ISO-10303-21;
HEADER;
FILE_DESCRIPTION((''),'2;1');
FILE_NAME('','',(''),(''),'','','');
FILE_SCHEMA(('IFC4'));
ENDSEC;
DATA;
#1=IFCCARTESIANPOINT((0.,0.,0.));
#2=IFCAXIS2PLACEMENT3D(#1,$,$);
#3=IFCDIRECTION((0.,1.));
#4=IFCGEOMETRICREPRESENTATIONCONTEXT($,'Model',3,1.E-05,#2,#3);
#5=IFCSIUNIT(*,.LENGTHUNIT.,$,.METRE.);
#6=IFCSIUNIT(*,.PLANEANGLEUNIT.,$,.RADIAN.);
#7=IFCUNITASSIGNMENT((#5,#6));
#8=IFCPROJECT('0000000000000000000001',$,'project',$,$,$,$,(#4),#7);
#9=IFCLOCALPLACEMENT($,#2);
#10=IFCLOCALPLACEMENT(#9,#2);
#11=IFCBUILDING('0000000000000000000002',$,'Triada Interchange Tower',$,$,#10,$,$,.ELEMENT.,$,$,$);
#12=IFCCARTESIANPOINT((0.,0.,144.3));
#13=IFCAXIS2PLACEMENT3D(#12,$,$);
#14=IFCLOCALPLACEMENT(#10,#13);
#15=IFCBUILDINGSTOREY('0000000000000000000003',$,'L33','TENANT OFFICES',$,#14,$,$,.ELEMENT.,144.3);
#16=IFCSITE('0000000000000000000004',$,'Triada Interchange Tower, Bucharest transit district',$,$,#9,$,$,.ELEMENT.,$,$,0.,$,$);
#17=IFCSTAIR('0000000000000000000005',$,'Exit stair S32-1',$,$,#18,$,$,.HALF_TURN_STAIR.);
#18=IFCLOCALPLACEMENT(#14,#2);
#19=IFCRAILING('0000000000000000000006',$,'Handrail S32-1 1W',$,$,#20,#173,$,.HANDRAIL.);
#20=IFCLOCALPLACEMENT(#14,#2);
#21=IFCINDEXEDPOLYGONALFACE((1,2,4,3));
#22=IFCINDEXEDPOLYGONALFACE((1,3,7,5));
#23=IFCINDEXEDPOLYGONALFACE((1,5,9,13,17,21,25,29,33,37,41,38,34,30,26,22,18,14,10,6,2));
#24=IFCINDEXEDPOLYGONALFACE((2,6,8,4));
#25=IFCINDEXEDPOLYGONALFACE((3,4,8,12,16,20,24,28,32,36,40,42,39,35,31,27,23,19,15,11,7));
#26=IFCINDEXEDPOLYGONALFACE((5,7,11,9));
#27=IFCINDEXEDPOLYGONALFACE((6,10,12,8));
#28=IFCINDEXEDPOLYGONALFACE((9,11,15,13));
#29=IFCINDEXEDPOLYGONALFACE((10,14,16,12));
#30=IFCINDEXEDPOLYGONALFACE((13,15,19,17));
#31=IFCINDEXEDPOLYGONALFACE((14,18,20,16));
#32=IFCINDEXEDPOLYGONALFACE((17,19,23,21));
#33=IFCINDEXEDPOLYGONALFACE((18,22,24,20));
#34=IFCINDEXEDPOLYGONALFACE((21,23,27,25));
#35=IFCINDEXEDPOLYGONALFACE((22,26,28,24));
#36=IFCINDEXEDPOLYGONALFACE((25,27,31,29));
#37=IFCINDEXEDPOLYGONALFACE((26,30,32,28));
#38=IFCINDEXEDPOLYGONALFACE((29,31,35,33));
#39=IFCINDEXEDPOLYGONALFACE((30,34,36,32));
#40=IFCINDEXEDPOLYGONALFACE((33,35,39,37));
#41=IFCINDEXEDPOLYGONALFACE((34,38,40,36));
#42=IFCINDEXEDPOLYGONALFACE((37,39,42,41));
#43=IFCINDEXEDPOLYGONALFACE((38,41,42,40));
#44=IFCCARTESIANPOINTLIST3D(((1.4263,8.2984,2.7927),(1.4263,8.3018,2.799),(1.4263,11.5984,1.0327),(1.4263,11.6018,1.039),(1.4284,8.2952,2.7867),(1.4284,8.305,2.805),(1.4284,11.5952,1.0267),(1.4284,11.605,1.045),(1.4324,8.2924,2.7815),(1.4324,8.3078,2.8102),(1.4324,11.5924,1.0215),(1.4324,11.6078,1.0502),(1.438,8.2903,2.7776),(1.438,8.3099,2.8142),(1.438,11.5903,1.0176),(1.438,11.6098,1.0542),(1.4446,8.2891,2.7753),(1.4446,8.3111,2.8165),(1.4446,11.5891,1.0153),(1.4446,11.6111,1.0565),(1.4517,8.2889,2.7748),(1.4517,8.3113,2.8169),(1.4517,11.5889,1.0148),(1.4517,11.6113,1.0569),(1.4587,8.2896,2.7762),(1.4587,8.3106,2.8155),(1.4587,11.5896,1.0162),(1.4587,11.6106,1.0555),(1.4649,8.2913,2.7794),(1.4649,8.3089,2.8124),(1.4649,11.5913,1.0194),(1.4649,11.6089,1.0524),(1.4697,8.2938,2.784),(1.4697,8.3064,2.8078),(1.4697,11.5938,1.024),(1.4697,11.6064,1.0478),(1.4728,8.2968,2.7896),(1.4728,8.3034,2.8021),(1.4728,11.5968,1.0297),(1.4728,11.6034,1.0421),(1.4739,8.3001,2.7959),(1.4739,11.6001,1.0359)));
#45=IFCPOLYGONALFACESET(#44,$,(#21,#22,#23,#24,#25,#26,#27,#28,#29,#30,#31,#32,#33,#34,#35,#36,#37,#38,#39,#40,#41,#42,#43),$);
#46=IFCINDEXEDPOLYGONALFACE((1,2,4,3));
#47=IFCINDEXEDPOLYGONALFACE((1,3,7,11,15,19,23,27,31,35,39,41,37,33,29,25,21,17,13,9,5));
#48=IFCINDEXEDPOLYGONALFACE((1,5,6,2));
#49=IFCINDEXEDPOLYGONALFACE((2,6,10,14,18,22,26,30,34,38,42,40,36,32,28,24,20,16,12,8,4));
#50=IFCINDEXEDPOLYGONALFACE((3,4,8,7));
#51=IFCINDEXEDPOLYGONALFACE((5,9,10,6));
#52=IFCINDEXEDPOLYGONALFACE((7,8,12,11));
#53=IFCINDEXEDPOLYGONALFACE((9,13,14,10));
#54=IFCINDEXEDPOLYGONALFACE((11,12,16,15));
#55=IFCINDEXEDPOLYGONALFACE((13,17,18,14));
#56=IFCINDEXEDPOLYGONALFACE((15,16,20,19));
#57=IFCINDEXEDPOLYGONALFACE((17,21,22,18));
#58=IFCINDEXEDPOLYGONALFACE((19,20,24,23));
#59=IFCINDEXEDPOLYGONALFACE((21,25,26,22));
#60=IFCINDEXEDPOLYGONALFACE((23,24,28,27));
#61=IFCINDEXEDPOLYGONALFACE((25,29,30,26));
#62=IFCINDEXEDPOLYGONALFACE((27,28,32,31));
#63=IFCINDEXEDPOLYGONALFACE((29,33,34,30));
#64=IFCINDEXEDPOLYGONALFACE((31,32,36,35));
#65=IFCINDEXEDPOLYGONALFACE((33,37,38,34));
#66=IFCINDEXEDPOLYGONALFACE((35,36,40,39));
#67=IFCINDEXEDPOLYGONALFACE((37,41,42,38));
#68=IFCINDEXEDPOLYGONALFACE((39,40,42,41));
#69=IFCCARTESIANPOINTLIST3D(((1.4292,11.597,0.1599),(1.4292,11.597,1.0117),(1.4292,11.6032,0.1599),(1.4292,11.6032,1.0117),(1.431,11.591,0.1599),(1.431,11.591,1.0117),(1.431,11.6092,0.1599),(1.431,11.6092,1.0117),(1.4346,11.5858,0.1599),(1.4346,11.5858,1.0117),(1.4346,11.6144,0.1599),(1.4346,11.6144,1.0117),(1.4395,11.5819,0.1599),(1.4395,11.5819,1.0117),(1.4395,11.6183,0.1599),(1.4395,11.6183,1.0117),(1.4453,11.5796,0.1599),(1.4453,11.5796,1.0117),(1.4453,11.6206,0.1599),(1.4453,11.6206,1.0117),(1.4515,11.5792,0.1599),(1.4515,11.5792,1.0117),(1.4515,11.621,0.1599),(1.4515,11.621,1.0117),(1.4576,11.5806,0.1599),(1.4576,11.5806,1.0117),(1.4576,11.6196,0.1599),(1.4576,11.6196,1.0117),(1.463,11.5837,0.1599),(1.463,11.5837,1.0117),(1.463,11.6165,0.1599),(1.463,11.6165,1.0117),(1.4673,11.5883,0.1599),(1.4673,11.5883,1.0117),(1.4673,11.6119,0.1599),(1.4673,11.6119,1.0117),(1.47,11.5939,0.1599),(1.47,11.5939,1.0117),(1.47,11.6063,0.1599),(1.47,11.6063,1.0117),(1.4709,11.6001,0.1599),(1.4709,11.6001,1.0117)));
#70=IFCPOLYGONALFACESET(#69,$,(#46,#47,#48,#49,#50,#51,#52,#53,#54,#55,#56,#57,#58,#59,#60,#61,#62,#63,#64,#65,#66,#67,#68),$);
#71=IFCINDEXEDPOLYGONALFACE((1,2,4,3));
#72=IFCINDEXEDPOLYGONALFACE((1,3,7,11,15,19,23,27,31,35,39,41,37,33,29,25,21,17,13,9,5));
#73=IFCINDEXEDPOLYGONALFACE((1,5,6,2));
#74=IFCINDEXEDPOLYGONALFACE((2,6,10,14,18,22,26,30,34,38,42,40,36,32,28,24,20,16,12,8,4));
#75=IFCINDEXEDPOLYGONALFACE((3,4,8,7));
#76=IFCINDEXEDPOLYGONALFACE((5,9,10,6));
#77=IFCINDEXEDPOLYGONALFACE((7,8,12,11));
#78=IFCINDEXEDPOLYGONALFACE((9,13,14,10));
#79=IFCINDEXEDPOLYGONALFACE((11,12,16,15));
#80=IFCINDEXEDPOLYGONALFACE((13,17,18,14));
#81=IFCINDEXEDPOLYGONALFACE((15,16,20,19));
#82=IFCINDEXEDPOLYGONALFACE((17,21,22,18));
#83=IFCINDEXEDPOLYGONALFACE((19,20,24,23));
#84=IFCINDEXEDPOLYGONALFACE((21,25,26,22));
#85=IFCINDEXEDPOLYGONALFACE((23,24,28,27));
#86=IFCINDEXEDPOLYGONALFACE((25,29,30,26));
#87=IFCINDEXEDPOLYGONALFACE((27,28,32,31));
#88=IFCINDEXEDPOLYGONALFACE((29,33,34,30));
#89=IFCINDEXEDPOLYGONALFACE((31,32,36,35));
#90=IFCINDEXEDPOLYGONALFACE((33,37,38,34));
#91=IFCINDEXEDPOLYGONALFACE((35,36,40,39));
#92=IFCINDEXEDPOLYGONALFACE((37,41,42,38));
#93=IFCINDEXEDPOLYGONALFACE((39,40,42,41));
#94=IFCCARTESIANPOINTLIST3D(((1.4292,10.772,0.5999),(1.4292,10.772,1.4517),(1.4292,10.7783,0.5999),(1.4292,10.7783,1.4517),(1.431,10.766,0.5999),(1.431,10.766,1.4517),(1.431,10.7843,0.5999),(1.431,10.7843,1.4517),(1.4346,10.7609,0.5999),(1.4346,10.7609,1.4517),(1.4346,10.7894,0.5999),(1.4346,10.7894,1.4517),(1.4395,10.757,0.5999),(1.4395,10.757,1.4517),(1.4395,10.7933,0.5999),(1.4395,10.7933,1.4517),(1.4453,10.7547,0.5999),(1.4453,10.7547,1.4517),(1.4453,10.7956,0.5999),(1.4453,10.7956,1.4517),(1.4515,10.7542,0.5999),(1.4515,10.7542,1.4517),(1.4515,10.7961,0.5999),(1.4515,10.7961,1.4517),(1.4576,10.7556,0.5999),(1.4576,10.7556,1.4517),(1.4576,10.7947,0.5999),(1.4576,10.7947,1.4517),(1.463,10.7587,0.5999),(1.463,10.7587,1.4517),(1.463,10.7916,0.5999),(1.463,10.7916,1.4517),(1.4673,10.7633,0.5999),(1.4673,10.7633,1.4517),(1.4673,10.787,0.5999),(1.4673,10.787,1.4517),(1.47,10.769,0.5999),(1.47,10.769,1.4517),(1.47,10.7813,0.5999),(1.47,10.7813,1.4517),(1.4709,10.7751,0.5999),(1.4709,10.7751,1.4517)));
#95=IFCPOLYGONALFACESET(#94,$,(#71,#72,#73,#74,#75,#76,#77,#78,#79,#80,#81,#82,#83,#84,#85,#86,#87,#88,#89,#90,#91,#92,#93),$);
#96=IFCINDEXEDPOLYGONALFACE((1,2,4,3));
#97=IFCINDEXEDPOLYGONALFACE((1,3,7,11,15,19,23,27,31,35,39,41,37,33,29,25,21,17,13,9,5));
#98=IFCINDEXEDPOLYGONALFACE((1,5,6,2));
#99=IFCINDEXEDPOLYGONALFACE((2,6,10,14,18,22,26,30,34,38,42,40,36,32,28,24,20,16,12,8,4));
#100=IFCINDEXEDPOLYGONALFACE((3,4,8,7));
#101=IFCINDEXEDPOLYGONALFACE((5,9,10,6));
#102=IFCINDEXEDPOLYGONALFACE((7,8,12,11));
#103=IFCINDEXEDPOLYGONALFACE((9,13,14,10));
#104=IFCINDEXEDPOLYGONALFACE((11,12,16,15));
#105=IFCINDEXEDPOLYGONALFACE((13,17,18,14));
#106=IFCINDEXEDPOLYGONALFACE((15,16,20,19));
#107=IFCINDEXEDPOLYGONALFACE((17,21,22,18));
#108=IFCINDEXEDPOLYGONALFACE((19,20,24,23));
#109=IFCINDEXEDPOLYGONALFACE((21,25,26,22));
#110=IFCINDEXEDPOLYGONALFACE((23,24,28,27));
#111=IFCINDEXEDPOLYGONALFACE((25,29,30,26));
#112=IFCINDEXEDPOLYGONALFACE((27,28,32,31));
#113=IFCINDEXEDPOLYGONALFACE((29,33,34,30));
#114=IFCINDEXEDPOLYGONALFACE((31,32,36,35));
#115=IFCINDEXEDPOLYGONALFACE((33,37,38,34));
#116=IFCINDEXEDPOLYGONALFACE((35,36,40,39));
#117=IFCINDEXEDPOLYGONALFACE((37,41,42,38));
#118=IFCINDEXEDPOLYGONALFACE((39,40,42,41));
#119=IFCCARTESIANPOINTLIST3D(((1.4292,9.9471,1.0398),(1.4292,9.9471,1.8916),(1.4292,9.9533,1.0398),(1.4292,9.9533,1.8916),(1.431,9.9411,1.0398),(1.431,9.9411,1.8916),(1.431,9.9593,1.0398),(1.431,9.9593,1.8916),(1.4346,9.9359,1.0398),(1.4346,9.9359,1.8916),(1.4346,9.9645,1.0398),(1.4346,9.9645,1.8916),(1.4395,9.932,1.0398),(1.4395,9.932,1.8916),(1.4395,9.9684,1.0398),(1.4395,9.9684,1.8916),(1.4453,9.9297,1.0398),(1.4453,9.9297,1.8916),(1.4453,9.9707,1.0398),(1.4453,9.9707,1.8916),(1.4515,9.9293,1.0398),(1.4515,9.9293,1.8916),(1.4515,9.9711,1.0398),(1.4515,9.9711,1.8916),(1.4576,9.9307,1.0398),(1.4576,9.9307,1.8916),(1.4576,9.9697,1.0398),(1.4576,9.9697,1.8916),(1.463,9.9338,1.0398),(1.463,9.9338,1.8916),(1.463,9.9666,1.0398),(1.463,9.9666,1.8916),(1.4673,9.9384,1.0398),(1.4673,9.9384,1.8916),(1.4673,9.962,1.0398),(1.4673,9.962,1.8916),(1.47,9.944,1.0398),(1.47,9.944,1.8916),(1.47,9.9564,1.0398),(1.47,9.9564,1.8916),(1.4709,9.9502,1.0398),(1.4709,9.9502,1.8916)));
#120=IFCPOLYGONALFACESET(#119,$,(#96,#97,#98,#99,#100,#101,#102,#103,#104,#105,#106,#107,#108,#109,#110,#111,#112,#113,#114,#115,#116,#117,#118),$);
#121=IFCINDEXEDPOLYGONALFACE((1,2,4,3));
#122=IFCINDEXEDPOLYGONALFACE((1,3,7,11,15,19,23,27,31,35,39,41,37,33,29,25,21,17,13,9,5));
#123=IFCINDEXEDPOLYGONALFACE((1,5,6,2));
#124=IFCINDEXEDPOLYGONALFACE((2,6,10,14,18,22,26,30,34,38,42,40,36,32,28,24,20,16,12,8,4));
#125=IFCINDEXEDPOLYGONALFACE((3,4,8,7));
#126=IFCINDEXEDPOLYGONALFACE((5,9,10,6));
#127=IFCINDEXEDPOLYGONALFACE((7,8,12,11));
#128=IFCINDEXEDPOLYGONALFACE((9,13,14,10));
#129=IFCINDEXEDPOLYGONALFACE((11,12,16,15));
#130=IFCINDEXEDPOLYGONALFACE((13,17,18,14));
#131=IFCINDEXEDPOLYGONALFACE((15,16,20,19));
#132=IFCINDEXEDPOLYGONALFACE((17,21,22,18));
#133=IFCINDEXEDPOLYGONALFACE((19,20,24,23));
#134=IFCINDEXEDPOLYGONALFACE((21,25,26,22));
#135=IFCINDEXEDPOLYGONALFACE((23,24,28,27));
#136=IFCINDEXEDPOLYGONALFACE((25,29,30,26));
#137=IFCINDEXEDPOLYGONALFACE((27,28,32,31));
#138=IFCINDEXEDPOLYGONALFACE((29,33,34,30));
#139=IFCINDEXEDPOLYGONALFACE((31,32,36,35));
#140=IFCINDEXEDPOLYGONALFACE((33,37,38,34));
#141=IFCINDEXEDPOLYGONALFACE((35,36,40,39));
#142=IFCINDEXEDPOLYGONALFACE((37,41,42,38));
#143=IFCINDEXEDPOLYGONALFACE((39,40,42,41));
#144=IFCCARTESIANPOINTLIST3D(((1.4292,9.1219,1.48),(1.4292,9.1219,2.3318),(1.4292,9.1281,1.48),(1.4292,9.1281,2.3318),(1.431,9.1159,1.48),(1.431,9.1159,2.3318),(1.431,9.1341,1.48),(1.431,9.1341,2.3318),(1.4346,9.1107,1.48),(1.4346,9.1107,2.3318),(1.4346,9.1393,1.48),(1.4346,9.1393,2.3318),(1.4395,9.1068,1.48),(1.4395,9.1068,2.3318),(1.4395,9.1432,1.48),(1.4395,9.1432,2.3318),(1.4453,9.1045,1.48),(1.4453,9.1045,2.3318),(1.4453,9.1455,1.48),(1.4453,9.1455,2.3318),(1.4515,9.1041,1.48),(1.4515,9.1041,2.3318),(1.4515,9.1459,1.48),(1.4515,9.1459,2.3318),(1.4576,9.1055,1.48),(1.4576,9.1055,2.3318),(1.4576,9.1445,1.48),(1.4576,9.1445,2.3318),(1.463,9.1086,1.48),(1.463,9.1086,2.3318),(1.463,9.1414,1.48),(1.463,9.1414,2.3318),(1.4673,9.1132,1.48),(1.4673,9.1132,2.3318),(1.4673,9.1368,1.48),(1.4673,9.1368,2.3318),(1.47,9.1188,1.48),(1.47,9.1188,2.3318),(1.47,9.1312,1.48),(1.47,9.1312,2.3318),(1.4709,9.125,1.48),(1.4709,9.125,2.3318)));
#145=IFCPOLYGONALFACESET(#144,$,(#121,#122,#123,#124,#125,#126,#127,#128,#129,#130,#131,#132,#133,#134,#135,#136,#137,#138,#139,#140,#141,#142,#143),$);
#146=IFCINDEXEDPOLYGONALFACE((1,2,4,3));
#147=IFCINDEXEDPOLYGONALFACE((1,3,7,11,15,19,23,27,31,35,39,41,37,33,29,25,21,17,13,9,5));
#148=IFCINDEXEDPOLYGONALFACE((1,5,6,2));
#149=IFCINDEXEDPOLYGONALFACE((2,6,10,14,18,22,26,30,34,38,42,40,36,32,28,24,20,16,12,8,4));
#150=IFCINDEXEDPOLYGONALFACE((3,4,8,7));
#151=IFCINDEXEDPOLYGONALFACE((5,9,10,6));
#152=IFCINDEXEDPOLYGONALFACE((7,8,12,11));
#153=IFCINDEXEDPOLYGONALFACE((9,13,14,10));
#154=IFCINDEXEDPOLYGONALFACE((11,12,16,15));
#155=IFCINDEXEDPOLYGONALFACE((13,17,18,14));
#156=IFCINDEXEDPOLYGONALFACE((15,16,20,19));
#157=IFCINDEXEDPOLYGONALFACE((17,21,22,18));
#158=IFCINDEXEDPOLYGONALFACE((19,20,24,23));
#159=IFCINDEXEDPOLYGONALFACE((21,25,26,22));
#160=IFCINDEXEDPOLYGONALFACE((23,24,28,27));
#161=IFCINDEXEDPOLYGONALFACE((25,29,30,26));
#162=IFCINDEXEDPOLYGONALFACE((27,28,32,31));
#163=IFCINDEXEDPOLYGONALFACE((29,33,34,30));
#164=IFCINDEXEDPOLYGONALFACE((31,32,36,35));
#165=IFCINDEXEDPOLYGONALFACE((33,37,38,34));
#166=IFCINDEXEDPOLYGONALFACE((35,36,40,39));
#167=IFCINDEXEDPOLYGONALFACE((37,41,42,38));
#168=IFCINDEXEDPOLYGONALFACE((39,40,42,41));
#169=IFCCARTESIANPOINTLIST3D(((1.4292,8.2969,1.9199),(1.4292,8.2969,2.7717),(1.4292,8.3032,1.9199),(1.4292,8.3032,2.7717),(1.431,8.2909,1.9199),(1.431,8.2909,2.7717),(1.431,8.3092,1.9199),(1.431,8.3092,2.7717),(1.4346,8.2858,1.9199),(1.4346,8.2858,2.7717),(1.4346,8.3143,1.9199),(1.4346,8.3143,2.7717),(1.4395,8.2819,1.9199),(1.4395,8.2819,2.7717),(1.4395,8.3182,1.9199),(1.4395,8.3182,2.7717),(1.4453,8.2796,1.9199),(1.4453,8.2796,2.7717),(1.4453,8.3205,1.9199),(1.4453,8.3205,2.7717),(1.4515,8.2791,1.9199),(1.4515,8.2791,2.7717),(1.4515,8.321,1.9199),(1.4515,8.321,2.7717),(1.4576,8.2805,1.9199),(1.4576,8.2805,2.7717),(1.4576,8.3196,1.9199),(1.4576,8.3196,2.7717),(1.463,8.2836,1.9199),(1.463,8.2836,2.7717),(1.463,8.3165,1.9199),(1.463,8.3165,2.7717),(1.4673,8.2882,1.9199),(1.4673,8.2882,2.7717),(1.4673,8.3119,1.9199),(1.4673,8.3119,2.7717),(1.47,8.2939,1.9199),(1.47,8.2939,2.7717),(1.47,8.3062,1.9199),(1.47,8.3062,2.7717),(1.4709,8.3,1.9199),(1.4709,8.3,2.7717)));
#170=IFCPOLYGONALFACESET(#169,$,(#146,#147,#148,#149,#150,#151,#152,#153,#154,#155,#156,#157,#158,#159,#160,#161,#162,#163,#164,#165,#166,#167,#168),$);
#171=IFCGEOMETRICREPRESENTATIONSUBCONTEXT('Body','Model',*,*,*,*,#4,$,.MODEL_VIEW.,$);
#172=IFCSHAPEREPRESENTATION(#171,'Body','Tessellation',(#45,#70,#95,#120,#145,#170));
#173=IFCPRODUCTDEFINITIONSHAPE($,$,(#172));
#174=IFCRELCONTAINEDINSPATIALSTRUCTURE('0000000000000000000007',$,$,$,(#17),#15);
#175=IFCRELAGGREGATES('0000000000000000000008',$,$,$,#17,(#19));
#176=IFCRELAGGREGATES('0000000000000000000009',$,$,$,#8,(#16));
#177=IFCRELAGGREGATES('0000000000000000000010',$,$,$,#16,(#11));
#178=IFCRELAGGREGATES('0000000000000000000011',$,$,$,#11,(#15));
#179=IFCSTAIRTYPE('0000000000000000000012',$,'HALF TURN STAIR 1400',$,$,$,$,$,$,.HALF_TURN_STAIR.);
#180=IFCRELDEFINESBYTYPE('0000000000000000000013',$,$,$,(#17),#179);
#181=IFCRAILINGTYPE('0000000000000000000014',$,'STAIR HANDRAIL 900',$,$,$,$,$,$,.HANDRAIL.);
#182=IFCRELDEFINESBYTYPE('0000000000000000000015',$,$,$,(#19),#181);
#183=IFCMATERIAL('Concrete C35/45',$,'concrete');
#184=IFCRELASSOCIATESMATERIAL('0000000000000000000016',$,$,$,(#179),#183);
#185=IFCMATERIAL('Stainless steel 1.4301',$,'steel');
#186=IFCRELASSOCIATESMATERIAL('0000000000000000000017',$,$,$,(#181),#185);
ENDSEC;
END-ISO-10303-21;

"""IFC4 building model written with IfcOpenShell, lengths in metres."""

from ifc_helpers import new_model, si_unit, direction, frame, origin, origin_2d, place, context, subcontext, project, spatial, circle, extrude, material, type_object, element, aggregate, save


model = new_model("IFC4")

# Units and contexts
model_context = context("Model", 3, precision=1e-05, world=origin(), true_north=direction((0.0, 1.0)))
body_context = subcontext(model_context, "Body", "Model", "MODEL_VIEW")
ifc_project = project(units=[si_unit("LENGTHUNIT", "METRE"), si_unit("PLANEANGLEUNIT", "RADIAN")], contexts=[model_context])

# Site, building, storey
site_placement = place(None, origin())
site = spatial("IfcSite", under=ifc_project, at=site_placement, Name="Triada Interchange Tower, Bucharest transit district", CompositionType="ELEMENT", RefElevation=0.0)
building_placement = place(site_placement, origin())
building = spatial("IfcBuilding", under=site, at=building_placement, Name="Triada Interchange Tower", CompositionType="ELEMENT")
storey_placement = place(building_placement, frame((0.0, 0.0, 144.3)))
storey = spatial("IfcBuildingStorey", under=building, at=storey_placement, Name="L33", Description="TENANT OFFICES", CompositionType="ELEMENT", Elevation=144.3)

# Stair
ifc_material_1 = material(Name="Concrete C35/45", Category="concrete")
stair_type = type_object("IfcStairType", Name="HALF TURN STAIR 1400", PredefinedType="HALF_TURN_STAIR", material=ifc_material_1)
stair_placement = place(storey_placement, origin())
stair = element("IfcStair", 1, at=stair_placement, inside=storey, type_object=stair_type, Name="Exit stair S32-1", PredefinedType="HALF_TURN_STAIR")

# Railing
ifc_material_2 = material(Name="Stainless steel 1.4301", Category="steel")
railing_type = type_object("IfcRailingType", Name="STAIR HANDRAIL 900", PredefinedType="HANDRAIL", material=ifc_material_2)
railing_1_placement = place(storey_placement, frame((1.45, 11.6001, 0.1599)))
railing_1 = element("IfcRailing", 2, at=railing_1_placement, type_object=railing_type, Name="Handrail S32-1 1W", PredefinedType="HANDRAIL", context=body_context, shape_type="SweptSolid", body=[
    extrude(circle(Radius=0.0239, at=origin_2d()), frame((0.0, 0.0, 0.876), z_axis=(0.0, -0.882355, 0.470585), x_axis=(1.0, 0.0, 0.0)), (0.0, 0.0, 1.0), 3.74),
    extrude(circle(Radius=0.021, at=origin_2d()), origin(), (0.0, 0.0, 1.0), 0.8518),
    extrude(circle(Radius=0.021, at=origin_2d()), frame((0.0, -0.825, 0.4399)), (0.0, 0.0, 1.0), 0.8518),
    extrude(circle(Radius=0.021, at=origin_2d()), frame((0.0, -1.6499, 0.8799)), (0.0, 0.0, 1.0), 0.8518),
    extrude(circle(Radius=0.021, at=origin_2d()), frame((0.0, -2.4751, 1.3201)), (0.0, 0.0, 1.0), 0.8518),
    extrude(circle(Radius=0.021, at=origin_2d()), frame((0.0, -3.3, 1.76)), (0.0, 0.0, 1.0), 0.8518),
])
aggregate(stair, [railing_1])

save(model, "model.ifc")
